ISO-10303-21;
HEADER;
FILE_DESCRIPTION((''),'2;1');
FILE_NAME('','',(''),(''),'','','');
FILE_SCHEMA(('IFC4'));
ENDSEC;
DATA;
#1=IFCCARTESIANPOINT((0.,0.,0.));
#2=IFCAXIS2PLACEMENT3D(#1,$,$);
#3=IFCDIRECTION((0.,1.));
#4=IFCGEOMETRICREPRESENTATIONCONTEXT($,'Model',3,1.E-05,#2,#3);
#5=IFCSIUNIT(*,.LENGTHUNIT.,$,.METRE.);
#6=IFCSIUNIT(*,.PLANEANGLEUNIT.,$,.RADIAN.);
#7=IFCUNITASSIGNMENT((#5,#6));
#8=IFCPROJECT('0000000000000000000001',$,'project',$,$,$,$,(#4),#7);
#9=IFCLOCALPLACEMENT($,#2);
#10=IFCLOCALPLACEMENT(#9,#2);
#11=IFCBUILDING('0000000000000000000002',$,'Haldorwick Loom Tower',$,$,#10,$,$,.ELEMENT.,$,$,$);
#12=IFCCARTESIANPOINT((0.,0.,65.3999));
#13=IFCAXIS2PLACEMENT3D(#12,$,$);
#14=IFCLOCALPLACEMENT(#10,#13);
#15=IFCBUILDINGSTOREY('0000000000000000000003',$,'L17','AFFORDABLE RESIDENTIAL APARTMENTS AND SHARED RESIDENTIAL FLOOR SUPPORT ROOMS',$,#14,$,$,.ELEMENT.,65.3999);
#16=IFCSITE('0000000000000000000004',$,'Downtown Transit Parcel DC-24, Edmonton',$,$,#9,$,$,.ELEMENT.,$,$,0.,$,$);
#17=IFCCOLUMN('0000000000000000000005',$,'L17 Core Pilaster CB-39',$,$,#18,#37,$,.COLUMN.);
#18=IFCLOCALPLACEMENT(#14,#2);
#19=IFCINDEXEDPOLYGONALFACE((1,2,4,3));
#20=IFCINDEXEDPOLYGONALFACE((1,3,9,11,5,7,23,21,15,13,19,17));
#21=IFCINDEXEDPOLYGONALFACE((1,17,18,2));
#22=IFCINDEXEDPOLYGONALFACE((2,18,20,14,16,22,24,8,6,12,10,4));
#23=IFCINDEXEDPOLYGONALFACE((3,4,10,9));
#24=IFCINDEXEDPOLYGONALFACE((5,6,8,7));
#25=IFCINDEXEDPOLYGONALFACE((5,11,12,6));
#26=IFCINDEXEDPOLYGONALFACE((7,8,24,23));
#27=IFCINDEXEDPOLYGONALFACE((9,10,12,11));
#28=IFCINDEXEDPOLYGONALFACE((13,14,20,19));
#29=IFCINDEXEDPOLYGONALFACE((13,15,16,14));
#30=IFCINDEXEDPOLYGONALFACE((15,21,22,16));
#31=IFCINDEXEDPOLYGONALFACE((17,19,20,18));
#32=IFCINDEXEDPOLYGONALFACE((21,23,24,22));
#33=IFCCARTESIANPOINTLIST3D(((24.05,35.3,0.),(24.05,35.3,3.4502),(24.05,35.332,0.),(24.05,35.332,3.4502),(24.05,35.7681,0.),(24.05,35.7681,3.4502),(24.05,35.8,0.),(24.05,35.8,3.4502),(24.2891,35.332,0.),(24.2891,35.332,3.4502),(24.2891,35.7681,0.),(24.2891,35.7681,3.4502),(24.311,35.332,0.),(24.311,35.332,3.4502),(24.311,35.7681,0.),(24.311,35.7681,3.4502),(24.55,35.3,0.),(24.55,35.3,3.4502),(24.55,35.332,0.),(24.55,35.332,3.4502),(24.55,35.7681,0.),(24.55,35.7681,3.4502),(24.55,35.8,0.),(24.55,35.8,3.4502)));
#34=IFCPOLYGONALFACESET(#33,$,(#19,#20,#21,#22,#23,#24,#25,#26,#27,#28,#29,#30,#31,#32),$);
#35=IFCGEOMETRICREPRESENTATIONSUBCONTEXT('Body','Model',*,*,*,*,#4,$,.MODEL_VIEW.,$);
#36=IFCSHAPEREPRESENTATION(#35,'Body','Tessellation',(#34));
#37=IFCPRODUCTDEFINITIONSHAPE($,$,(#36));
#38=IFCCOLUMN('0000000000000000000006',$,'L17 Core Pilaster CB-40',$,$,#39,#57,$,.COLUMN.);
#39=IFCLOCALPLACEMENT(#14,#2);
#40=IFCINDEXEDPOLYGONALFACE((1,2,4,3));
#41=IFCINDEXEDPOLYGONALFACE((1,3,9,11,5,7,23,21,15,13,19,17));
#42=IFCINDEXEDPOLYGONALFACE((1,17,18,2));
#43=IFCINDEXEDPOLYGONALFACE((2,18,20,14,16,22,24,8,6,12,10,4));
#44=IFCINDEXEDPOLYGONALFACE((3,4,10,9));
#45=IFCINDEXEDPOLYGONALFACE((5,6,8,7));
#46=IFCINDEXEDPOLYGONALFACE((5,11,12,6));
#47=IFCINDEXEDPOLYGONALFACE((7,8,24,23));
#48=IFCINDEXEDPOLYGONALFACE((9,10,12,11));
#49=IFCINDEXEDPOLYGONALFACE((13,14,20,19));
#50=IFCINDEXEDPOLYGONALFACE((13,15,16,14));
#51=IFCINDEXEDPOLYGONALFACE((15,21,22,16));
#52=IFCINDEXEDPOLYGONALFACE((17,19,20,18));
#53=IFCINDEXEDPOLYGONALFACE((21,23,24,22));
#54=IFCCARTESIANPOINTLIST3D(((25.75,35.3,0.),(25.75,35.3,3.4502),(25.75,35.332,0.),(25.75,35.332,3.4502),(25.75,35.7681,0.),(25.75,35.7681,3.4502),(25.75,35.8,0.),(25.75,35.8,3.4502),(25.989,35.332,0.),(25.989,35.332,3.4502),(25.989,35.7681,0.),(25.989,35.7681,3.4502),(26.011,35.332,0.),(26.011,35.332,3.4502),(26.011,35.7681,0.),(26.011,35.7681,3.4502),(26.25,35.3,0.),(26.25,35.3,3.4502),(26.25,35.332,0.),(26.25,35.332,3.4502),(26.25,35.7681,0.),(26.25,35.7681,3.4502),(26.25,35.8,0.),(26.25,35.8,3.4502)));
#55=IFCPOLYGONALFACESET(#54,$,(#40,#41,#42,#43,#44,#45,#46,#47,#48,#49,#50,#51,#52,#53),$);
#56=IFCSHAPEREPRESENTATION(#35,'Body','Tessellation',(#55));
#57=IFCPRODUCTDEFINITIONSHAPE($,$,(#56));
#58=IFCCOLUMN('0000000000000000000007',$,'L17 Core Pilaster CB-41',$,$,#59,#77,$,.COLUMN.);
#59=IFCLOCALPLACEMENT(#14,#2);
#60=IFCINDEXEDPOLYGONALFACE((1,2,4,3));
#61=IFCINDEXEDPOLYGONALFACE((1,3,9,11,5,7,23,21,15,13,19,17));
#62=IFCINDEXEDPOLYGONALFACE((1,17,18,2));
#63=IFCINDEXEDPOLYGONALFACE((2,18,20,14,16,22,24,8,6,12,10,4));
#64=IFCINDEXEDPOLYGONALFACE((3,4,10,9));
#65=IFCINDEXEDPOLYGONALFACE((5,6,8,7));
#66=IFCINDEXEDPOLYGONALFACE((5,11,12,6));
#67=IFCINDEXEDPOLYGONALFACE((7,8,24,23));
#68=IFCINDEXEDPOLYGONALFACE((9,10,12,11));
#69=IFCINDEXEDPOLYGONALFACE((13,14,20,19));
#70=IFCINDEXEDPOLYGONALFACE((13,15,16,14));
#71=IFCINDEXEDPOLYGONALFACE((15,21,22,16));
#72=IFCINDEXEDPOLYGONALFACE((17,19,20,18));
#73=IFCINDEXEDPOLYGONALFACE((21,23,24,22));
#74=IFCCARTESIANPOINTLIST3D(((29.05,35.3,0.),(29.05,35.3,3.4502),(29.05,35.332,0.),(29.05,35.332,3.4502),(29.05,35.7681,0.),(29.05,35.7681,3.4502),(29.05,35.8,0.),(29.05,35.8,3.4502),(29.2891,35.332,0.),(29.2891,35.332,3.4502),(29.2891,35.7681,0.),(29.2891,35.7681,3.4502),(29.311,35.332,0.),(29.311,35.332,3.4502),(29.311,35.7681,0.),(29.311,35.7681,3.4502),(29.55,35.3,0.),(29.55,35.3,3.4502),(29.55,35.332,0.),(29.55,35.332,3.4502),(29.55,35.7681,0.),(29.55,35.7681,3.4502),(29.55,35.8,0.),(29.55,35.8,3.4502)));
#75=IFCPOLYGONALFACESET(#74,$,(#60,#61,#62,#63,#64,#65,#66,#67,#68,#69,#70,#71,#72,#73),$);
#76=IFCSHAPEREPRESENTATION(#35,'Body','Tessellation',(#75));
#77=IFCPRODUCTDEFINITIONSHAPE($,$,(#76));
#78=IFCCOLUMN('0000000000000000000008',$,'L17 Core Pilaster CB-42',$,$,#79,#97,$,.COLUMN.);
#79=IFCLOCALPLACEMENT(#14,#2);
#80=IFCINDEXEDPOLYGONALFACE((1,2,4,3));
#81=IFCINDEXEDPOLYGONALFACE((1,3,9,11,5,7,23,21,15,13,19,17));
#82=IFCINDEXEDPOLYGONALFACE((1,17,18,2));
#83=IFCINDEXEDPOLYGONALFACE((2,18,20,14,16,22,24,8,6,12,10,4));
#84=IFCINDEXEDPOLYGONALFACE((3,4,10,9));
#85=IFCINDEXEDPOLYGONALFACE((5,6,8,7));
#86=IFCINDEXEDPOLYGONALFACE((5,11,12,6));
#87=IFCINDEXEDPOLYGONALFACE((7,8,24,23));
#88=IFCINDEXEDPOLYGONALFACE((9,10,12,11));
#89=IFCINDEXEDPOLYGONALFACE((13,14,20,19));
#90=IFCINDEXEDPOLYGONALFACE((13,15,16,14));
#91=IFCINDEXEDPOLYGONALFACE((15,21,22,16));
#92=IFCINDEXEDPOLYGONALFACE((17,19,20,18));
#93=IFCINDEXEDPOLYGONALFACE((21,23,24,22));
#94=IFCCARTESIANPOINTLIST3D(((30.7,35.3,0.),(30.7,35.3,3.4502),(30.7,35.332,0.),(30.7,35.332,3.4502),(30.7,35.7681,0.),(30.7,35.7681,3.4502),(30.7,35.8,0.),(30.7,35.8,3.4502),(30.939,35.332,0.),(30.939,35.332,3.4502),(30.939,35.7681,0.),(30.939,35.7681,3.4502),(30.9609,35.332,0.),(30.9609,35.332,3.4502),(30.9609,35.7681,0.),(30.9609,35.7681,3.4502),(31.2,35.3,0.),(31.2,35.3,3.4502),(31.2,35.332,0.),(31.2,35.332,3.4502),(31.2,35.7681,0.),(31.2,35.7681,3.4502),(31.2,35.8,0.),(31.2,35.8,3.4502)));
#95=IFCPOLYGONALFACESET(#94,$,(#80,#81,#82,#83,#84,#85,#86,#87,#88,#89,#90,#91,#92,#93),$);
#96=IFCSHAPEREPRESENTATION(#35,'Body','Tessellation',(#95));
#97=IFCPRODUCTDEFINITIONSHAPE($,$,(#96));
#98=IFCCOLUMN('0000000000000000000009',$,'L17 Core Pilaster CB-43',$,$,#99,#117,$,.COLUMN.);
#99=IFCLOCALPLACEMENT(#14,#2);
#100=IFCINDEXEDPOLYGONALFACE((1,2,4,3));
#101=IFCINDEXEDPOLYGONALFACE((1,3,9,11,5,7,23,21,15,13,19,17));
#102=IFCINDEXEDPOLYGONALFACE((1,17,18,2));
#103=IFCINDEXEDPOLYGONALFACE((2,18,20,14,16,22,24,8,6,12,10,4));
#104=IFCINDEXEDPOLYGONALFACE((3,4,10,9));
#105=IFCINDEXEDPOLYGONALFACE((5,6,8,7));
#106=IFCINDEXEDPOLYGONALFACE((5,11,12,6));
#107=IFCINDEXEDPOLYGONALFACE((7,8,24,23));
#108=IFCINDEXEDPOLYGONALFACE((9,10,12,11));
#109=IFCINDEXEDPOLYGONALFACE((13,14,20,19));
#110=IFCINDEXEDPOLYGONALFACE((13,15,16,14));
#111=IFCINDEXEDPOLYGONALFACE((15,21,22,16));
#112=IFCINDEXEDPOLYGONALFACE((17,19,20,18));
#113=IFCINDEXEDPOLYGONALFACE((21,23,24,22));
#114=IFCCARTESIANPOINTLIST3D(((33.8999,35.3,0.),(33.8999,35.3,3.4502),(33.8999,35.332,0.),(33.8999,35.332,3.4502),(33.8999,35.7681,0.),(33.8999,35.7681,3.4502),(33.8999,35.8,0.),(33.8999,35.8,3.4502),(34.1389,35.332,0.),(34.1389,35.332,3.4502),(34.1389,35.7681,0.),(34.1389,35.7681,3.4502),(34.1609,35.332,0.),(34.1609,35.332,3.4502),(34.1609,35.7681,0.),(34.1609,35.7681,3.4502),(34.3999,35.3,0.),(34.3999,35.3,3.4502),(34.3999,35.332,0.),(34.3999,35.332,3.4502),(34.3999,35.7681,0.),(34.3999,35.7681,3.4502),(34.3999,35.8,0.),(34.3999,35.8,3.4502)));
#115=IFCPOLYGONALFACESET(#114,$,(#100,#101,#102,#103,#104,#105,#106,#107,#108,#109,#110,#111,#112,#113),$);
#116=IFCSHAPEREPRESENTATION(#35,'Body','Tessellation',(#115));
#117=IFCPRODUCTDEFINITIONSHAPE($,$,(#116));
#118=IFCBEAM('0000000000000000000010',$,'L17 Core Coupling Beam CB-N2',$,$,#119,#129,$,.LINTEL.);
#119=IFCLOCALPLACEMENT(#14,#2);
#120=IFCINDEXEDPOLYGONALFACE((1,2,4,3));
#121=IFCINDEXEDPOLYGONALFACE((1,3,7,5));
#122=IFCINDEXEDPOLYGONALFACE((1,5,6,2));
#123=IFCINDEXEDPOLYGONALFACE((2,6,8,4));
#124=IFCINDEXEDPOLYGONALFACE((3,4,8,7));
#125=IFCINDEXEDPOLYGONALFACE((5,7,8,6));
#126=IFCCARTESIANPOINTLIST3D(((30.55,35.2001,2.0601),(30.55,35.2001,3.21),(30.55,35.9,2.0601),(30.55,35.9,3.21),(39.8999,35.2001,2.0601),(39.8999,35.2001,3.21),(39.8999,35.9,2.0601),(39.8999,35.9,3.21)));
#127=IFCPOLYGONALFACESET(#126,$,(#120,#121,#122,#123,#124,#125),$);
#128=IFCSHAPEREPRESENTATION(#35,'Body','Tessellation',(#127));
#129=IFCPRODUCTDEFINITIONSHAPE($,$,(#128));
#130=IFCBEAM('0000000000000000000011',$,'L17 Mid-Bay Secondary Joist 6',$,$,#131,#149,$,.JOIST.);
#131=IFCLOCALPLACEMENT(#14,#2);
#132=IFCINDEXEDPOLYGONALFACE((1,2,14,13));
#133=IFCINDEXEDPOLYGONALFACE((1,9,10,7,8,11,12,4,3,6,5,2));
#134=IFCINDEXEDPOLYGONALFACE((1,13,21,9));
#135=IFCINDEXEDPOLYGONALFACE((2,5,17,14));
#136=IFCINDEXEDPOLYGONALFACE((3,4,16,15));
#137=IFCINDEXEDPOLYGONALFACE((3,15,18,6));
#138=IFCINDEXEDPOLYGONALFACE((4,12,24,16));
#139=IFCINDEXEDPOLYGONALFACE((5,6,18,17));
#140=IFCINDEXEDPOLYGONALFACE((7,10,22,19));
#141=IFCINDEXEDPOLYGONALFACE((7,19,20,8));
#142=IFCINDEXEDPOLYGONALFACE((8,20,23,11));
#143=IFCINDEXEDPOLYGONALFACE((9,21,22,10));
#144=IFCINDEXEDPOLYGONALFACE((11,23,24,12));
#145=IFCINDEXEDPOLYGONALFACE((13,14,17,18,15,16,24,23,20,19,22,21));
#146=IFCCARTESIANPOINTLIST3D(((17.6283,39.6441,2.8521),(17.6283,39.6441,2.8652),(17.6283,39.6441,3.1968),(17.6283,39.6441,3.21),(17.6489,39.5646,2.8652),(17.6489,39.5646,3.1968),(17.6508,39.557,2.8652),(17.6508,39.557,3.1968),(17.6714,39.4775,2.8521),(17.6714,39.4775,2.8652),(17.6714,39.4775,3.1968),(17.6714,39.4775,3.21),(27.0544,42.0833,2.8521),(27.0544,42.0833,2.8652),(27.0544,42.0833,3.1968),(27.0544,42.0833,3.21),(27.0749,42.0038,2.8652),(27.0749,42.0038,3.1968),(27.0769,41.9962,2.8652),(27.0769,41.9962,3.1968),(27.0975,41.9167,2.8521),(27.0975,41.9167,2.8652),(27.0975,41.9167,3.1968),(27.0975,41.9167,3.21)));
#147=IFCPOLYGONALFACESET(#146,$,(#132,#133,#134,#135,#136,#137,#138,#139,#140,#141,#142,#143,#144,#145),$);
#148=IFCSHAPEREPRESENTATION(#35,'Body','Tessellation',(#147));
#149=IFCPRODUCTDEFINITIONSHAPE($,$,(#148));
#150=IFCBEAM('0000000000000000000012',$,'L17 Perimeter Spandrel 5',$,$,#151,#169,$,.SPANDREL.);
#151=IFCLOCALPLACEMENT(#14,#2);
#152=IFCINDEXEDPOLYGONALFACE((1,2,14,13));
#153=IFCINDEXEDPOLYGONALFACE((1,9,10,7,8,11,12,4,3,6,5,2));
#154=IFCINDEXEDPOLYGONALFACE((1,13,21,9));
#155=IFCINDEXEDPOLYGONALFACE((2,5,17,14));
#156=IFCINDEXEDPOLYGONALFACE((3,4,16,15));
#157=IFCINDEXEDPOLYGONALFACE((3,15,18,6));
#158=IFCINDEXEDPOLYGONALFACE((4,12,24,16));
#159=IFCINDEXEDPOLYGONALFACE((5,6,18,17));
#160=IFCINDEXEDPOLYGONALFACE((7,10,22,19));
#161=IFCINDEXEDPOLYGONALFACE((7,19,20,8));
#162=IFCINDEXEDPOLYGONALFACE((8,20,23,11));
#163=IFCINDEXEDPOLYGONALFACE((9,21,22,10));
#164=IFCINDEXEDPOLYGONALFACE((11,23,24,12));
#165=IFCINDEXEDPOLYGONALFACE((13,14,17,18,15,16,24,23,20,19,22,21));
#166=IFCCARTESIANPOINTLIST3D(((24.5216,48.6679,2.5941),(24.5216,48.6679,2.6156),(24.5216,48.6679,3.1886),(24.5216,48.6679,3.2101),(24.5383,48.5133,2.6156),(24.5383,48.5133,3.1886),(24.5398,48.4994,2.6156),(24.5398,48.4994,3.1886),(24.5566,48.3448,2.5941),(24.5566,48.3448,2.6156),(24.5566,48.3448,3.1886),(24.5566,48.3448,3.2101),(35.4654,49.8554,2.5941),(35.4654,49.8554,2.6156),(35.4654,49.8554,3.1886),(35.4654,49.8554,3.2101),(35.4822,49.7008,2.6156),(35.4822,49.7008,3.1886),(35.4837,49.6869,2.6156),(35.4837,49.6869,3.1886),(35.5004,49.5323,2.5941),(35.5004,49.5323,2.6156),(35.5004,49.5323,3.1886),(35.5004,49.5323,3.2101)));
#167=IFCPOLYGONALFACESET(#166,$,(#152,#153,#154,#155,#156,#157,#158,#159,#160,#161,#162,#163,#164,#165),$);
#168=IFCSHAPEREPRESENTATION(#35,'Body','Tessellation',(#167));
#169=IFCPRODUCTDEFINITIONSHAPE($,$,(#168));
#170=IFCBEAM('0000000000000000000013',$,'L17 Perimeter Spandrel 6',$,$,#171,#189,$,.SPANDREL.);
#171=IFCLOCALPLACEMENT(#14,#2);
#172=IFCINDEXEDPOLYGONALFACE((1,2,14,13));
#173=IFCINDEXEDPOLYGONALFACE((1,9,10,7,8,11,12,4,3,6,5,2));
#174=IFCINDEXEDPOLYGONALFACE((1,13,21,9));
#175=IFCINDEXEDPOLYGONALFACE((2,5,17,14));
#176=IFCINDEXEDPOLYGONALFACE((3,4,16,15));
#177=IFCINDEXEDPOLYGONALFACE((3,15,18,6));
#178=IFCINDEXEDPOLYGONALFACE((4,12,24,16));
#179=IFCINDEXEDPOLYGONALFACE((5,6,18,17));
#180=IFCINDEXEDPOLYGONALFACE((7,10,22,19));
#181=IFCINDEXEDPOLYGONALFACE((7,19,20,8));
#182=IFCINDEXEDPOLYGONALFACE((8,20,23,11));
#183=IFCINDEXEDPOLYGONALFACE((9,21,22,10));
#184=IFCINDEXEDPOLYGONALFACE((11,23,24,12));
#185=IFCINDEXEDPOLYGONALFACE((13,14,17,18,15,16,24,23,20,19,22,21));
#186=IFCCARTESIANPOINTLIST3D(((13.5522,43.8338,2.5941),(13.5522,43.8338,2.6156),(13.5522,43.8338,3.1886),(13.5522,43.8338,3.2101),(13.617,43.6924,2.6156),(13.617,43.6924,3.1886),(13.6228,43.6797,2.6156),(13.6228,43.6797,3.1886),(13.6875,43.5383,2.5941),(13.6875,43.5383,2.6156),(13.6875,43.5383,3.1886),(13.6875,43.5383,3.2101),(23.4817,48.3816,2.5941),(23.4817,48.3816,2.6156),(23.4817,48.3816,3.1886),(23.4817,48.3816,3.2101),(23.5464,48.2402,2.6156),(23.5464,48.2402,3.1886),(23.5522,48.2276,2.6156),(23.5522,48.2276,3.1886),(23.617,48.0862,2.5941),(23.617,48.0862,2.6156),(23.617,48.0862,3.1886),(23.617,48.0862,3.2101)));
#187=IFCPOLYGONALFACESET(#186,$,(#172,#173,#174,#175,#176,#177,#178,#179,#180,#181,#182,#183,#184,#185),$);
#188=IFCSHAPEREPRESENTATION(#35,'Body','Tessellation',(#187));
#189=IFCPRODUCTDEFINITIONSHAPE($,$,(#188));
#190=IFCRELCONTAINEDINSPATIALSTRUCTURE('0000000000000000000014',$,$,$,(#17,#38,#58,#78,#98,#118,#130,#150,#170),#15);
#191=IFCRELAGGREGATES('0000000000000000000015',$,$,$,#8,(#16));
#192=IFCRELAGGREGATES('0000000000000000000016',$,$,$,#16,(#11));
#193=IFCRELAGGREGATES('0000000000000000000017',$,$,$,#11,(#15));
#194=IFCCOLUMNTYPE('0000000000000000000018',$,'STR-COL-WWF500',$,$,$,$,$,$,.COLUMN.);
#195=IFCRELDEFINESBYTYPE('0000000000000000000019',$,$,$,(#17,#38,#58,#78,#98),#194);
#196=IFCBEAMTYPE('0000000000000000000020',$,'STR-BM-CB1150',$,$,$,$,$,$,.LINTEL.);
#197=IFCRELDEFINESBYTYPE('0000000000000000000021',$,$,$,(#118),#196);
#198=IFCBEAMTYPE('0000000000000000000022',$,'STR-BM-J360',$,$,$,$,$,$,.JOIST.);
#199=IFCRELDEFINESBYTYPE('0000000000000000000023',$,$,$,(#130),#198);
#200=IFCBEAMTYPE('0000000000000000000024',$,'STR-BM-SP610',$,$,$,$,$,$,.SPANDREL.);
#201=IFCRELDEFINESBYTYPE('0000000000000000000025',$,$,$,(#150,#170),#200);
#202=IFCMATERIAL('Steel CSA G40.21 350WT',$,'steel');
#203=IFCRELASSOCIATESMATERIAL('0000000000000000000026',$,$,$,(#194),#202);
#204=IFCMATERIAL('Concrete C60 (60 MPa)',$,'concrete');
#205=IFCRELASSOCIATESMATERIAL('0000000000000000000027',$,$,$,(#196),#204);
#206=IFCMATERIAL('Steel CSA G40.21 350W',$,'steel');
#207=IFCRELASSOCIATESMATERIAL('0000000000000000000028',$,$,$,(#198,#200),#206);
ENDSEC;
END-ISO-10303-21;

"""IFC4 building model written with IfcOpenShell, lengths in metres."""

from ifc_helpers import new_model, si_unit, direction, frame, origin, origin_2d, place, context, subcontext, project, spatial, rectangle, i_section, extrude, material, material_profile, profile_set, type_object, element, save


model = new_model("IFC4")

# Units and contexts
model_context = context("Model", 3, precision=1e-05, world=origin(), true_north=direction((0.0, 1.0)))
body_context = subcontext(model_context, "Body", "Model", "MODEL_VIEW")
ifc_project = project(units=[si_unit("LENGTHUNIT", "METRE"), si_unit("PLANEANGLEUNIT", "RADIAN")], contexts=[model_context])

# Site, building, storey
site_placement = place(None, origin())
site = spatial("IfcSite", under=ifc_project, at=site_placement, Name="Downtown Transit Parcel DC-24, Edmonton", CompositionType="ELEMENT", RefElevation=0.0)
building_placement = place(site_placement, origin())
building = spatial("IfcBuilding", under=site, at=building_placement, Name="Haldorwick Loom Tower", CompositionType="ELEMENT")
storey_placement = place(building_placement, frame((0.0, 0.0, 65.3999)))
storey = spatial("IfcBuildingStorey", under=building, at=storey_placement, Name="L17", Description="AFFORDABLE RESIDENTIAL APARTMENTS AND SHARED RESIDENTIAL FLOOR SUPPORT ROOMS", CompositionType="ELEMENT", Elevation=65.3999)

# Columns
ifc_material_1 = material(Name="Concrete C60 (60 MPa)", Category="concrete")
ifc_material_2 = material(Name="Steel CSA G40.21 350WT", Category="steel")
ifc_material_profile_1 = material_profile(ifc_material_2, i_section(OverallWidth=0.5, OverallDepth=0.5, WebThickness=0.022, FlangeThickness=0.032, at=origin_2d()), Name="WWF500X500", Category="steel")
ifc_profile_set_1 = profile_set([ifc_material_profile_1], Name="Steel CSA G40.21 350WT")
column_type_1 = type_object("IfcColumnType", Name="STR-COL-WWF500", PredefinedType="COLUMN", material=ifc_profile_set_1)
for number, where, z_axis, x_axis, name in (
    (1, (24.3, 35.55, 0.0), (0.0, 0.0, 1.0), (1.0, 0.0, 0.0), "L17 Core Pilaster CB-39"),
    (2, (26.0, 35.55, 0.0), (0.0, 0.0, 1.0), (1.0, 0.0, 0.0), "L17 Core Pilaster CB-40"),
    (3, (29.3, 35.55, 0.0), (0.0, 0.0, 1.0), (1.0, 0.0, 0.0), "L17 Core Pilaster CB-41"),
    (4, (30.95, 35.55, 0.0), (0.0, 0.0, 1.0), (1.0, 0.0, 0.0), "L17 Core Pilaster CB-42"),
    (5, (34.1499, 35.55, 0.0), (0.0, 0.0, 1.0), (1.0, 0.0, 0.0), "L17 Core Pilaster CB-43"),
):
    element("IfcColumn", number, at=place(storey_placement, frame(where, z_axis=z_axis, x_axis=x_axis)), inside=storey, type_object=column_type_1, Name=name, PredefinedType="COLUMN", context=body_context, shape_type="SweptSolid", body=[
        extrude(i_section(OverallWidth=0.5, OverallDepth=0.5, WebThickness=0.022, FlangeThickness=0.032, at=origin_2d()), origin(), (0.0, 0.0, 1.0), 3.4502),
    ])

# Beams
ifc_material_profile_2 = material_profile(ifc_material_1, rectangle(XDim=0.7, YDim=1.1499, at=origin_2d()), Name="RC700X1150", Category="concrete")
ifc_profile_set_2 = profile_set([ifc_material_profile_2], Name="Concrete C60 (60 MPa)")
beam_type_1 = type_object("IfcBeamType", Name="STR-BM-CB1150", PredefinedType="LINTEL", material=ifc_profile_set_2)
beam_1_placement = place(storey_placement, frame((30.55, 35.55, 2.635), z_axis=(1.0, 0.0, 0.0), x_axis=(0.0, 1.0, 0.0)))
element("IfcBeam", 6, at=beam_1_placement, inside=storey, type_object=beam_type_1, Name="L17 Core Coupling Beam CB-N2", PredefinedType="LINTEL", context=body_context, shape_type="SweptSolid", body=[
    extrude(rectangle(XDim=0.7, YDim=1.1499, at=origin_2d()), origin(), (0.0, 0.0, 1.0), 9.3499),
])
ifc_material_3 = material(Name="Steel CSA G40.21 350W", Category="steel")
ifc_material_profile_3 = material_profile(ifc_material_3, i_section(OverallWidth=0.1721, OverallDepth=0.3579, WebThickness=0.0078, FlangeThickness=0.0132, at=origin_2d()), Name="W360X57", Category="steel")
ifc_profile_set_3 = profile_set([ifc_material_profile_3], Name="Steel CSA G40.21 350W")
beam_type_2 = type_object("IfcBeamType", Name="STR-BM-J360", PredefinedType="JOIST", material=ifc_profile_set_3)
beam_2_placement = place(storey_placement, frame((27.0759, 42.0, 3.031), z_axis=(-0.968111, -0.250522, 0.0), x_axis=(0.250522, -0.968111, 0.0)))
element("IfcBeam", 7, at=beam_2_placement, inside=storey, type_object=beam_type_2, Name="L17 Mid-Bay Secondary Joist 6", PredefinedType="JOIST", context=body_context, shape_type="SweptSolid", body=[
    extrude(i_section(OverallWidth=0.1721, OverallDepth=0.3579, WebThickness=0.0078, FlangeThickness=0.0132, at=origin_2d()), origin(), (0.0, 0.0, 1.0), 9.7366),
])
ifc_material_profile_4 = material_profile(ifc_material_3, i_section(OverallWidth=0.325, OverallDepth=0.616, WebThickness=0.0139, FlangeThickness=0.0215, at=origin_2d()), Name="W610X174", Category="steel")
ifc_profile_set_4 = profile_set([ifc_material_profile_4], Name="Steel CSA G40.21 350W")
beam_type_3 = type_object("IfcBeamType", Name="STR-BM-SP610", PredefinedType="SPANDREL", material=ifc_profile_set_4)
beam_3_placement = place(storey_placement, frame((35.4829, 49.6938, 2.9021), z_axis=(-0.994164, -0.107875, 0.0), x_axis=(0.107875, -0.994164, 0.0)))
element("IfcBeam", 8, at=beam_3_placement, inside=storey, type_object=beam_type_3, Name="L17 Perimeter Spandrel 5", PredefinedType="SPANDREL", context=body_context, shape_type="SweptSolid", body=[
    extrude(i_section(OverallWidth=0.325, OverallDepth=0.616, WebThickness=0.0139, FlangeThickness=0.0215, at=origin_2d()), origin(), (0.0, 0.0, 1.0), 11.0081),
])
beam_4_placement = place(storey_placement, frame((23.5493, 48.2339, 2.9021), z_axis=(-0.909174, -0.416417, 0.0), x_axis=(0.416417, -0.909174, 0.0)))
element("IfcBeam", 9, at=beam_4_placement, inside=storey, type_object=beam_type_3, Name="L17 Perimeter Spandrel 6", PredefinedType="SPANDREL", context=body_context, shape_type="SweptSolid", body=[
    extrude(i_section(OverallWidth=0.325, OverallDepth=0.616, WebThickness=0.0139, FlangeThickness=0.0215, at=origin_2d()), origin(), (0.0, 0.0, 1.0), 10.9214),
])

save(model, "model.ifc")
